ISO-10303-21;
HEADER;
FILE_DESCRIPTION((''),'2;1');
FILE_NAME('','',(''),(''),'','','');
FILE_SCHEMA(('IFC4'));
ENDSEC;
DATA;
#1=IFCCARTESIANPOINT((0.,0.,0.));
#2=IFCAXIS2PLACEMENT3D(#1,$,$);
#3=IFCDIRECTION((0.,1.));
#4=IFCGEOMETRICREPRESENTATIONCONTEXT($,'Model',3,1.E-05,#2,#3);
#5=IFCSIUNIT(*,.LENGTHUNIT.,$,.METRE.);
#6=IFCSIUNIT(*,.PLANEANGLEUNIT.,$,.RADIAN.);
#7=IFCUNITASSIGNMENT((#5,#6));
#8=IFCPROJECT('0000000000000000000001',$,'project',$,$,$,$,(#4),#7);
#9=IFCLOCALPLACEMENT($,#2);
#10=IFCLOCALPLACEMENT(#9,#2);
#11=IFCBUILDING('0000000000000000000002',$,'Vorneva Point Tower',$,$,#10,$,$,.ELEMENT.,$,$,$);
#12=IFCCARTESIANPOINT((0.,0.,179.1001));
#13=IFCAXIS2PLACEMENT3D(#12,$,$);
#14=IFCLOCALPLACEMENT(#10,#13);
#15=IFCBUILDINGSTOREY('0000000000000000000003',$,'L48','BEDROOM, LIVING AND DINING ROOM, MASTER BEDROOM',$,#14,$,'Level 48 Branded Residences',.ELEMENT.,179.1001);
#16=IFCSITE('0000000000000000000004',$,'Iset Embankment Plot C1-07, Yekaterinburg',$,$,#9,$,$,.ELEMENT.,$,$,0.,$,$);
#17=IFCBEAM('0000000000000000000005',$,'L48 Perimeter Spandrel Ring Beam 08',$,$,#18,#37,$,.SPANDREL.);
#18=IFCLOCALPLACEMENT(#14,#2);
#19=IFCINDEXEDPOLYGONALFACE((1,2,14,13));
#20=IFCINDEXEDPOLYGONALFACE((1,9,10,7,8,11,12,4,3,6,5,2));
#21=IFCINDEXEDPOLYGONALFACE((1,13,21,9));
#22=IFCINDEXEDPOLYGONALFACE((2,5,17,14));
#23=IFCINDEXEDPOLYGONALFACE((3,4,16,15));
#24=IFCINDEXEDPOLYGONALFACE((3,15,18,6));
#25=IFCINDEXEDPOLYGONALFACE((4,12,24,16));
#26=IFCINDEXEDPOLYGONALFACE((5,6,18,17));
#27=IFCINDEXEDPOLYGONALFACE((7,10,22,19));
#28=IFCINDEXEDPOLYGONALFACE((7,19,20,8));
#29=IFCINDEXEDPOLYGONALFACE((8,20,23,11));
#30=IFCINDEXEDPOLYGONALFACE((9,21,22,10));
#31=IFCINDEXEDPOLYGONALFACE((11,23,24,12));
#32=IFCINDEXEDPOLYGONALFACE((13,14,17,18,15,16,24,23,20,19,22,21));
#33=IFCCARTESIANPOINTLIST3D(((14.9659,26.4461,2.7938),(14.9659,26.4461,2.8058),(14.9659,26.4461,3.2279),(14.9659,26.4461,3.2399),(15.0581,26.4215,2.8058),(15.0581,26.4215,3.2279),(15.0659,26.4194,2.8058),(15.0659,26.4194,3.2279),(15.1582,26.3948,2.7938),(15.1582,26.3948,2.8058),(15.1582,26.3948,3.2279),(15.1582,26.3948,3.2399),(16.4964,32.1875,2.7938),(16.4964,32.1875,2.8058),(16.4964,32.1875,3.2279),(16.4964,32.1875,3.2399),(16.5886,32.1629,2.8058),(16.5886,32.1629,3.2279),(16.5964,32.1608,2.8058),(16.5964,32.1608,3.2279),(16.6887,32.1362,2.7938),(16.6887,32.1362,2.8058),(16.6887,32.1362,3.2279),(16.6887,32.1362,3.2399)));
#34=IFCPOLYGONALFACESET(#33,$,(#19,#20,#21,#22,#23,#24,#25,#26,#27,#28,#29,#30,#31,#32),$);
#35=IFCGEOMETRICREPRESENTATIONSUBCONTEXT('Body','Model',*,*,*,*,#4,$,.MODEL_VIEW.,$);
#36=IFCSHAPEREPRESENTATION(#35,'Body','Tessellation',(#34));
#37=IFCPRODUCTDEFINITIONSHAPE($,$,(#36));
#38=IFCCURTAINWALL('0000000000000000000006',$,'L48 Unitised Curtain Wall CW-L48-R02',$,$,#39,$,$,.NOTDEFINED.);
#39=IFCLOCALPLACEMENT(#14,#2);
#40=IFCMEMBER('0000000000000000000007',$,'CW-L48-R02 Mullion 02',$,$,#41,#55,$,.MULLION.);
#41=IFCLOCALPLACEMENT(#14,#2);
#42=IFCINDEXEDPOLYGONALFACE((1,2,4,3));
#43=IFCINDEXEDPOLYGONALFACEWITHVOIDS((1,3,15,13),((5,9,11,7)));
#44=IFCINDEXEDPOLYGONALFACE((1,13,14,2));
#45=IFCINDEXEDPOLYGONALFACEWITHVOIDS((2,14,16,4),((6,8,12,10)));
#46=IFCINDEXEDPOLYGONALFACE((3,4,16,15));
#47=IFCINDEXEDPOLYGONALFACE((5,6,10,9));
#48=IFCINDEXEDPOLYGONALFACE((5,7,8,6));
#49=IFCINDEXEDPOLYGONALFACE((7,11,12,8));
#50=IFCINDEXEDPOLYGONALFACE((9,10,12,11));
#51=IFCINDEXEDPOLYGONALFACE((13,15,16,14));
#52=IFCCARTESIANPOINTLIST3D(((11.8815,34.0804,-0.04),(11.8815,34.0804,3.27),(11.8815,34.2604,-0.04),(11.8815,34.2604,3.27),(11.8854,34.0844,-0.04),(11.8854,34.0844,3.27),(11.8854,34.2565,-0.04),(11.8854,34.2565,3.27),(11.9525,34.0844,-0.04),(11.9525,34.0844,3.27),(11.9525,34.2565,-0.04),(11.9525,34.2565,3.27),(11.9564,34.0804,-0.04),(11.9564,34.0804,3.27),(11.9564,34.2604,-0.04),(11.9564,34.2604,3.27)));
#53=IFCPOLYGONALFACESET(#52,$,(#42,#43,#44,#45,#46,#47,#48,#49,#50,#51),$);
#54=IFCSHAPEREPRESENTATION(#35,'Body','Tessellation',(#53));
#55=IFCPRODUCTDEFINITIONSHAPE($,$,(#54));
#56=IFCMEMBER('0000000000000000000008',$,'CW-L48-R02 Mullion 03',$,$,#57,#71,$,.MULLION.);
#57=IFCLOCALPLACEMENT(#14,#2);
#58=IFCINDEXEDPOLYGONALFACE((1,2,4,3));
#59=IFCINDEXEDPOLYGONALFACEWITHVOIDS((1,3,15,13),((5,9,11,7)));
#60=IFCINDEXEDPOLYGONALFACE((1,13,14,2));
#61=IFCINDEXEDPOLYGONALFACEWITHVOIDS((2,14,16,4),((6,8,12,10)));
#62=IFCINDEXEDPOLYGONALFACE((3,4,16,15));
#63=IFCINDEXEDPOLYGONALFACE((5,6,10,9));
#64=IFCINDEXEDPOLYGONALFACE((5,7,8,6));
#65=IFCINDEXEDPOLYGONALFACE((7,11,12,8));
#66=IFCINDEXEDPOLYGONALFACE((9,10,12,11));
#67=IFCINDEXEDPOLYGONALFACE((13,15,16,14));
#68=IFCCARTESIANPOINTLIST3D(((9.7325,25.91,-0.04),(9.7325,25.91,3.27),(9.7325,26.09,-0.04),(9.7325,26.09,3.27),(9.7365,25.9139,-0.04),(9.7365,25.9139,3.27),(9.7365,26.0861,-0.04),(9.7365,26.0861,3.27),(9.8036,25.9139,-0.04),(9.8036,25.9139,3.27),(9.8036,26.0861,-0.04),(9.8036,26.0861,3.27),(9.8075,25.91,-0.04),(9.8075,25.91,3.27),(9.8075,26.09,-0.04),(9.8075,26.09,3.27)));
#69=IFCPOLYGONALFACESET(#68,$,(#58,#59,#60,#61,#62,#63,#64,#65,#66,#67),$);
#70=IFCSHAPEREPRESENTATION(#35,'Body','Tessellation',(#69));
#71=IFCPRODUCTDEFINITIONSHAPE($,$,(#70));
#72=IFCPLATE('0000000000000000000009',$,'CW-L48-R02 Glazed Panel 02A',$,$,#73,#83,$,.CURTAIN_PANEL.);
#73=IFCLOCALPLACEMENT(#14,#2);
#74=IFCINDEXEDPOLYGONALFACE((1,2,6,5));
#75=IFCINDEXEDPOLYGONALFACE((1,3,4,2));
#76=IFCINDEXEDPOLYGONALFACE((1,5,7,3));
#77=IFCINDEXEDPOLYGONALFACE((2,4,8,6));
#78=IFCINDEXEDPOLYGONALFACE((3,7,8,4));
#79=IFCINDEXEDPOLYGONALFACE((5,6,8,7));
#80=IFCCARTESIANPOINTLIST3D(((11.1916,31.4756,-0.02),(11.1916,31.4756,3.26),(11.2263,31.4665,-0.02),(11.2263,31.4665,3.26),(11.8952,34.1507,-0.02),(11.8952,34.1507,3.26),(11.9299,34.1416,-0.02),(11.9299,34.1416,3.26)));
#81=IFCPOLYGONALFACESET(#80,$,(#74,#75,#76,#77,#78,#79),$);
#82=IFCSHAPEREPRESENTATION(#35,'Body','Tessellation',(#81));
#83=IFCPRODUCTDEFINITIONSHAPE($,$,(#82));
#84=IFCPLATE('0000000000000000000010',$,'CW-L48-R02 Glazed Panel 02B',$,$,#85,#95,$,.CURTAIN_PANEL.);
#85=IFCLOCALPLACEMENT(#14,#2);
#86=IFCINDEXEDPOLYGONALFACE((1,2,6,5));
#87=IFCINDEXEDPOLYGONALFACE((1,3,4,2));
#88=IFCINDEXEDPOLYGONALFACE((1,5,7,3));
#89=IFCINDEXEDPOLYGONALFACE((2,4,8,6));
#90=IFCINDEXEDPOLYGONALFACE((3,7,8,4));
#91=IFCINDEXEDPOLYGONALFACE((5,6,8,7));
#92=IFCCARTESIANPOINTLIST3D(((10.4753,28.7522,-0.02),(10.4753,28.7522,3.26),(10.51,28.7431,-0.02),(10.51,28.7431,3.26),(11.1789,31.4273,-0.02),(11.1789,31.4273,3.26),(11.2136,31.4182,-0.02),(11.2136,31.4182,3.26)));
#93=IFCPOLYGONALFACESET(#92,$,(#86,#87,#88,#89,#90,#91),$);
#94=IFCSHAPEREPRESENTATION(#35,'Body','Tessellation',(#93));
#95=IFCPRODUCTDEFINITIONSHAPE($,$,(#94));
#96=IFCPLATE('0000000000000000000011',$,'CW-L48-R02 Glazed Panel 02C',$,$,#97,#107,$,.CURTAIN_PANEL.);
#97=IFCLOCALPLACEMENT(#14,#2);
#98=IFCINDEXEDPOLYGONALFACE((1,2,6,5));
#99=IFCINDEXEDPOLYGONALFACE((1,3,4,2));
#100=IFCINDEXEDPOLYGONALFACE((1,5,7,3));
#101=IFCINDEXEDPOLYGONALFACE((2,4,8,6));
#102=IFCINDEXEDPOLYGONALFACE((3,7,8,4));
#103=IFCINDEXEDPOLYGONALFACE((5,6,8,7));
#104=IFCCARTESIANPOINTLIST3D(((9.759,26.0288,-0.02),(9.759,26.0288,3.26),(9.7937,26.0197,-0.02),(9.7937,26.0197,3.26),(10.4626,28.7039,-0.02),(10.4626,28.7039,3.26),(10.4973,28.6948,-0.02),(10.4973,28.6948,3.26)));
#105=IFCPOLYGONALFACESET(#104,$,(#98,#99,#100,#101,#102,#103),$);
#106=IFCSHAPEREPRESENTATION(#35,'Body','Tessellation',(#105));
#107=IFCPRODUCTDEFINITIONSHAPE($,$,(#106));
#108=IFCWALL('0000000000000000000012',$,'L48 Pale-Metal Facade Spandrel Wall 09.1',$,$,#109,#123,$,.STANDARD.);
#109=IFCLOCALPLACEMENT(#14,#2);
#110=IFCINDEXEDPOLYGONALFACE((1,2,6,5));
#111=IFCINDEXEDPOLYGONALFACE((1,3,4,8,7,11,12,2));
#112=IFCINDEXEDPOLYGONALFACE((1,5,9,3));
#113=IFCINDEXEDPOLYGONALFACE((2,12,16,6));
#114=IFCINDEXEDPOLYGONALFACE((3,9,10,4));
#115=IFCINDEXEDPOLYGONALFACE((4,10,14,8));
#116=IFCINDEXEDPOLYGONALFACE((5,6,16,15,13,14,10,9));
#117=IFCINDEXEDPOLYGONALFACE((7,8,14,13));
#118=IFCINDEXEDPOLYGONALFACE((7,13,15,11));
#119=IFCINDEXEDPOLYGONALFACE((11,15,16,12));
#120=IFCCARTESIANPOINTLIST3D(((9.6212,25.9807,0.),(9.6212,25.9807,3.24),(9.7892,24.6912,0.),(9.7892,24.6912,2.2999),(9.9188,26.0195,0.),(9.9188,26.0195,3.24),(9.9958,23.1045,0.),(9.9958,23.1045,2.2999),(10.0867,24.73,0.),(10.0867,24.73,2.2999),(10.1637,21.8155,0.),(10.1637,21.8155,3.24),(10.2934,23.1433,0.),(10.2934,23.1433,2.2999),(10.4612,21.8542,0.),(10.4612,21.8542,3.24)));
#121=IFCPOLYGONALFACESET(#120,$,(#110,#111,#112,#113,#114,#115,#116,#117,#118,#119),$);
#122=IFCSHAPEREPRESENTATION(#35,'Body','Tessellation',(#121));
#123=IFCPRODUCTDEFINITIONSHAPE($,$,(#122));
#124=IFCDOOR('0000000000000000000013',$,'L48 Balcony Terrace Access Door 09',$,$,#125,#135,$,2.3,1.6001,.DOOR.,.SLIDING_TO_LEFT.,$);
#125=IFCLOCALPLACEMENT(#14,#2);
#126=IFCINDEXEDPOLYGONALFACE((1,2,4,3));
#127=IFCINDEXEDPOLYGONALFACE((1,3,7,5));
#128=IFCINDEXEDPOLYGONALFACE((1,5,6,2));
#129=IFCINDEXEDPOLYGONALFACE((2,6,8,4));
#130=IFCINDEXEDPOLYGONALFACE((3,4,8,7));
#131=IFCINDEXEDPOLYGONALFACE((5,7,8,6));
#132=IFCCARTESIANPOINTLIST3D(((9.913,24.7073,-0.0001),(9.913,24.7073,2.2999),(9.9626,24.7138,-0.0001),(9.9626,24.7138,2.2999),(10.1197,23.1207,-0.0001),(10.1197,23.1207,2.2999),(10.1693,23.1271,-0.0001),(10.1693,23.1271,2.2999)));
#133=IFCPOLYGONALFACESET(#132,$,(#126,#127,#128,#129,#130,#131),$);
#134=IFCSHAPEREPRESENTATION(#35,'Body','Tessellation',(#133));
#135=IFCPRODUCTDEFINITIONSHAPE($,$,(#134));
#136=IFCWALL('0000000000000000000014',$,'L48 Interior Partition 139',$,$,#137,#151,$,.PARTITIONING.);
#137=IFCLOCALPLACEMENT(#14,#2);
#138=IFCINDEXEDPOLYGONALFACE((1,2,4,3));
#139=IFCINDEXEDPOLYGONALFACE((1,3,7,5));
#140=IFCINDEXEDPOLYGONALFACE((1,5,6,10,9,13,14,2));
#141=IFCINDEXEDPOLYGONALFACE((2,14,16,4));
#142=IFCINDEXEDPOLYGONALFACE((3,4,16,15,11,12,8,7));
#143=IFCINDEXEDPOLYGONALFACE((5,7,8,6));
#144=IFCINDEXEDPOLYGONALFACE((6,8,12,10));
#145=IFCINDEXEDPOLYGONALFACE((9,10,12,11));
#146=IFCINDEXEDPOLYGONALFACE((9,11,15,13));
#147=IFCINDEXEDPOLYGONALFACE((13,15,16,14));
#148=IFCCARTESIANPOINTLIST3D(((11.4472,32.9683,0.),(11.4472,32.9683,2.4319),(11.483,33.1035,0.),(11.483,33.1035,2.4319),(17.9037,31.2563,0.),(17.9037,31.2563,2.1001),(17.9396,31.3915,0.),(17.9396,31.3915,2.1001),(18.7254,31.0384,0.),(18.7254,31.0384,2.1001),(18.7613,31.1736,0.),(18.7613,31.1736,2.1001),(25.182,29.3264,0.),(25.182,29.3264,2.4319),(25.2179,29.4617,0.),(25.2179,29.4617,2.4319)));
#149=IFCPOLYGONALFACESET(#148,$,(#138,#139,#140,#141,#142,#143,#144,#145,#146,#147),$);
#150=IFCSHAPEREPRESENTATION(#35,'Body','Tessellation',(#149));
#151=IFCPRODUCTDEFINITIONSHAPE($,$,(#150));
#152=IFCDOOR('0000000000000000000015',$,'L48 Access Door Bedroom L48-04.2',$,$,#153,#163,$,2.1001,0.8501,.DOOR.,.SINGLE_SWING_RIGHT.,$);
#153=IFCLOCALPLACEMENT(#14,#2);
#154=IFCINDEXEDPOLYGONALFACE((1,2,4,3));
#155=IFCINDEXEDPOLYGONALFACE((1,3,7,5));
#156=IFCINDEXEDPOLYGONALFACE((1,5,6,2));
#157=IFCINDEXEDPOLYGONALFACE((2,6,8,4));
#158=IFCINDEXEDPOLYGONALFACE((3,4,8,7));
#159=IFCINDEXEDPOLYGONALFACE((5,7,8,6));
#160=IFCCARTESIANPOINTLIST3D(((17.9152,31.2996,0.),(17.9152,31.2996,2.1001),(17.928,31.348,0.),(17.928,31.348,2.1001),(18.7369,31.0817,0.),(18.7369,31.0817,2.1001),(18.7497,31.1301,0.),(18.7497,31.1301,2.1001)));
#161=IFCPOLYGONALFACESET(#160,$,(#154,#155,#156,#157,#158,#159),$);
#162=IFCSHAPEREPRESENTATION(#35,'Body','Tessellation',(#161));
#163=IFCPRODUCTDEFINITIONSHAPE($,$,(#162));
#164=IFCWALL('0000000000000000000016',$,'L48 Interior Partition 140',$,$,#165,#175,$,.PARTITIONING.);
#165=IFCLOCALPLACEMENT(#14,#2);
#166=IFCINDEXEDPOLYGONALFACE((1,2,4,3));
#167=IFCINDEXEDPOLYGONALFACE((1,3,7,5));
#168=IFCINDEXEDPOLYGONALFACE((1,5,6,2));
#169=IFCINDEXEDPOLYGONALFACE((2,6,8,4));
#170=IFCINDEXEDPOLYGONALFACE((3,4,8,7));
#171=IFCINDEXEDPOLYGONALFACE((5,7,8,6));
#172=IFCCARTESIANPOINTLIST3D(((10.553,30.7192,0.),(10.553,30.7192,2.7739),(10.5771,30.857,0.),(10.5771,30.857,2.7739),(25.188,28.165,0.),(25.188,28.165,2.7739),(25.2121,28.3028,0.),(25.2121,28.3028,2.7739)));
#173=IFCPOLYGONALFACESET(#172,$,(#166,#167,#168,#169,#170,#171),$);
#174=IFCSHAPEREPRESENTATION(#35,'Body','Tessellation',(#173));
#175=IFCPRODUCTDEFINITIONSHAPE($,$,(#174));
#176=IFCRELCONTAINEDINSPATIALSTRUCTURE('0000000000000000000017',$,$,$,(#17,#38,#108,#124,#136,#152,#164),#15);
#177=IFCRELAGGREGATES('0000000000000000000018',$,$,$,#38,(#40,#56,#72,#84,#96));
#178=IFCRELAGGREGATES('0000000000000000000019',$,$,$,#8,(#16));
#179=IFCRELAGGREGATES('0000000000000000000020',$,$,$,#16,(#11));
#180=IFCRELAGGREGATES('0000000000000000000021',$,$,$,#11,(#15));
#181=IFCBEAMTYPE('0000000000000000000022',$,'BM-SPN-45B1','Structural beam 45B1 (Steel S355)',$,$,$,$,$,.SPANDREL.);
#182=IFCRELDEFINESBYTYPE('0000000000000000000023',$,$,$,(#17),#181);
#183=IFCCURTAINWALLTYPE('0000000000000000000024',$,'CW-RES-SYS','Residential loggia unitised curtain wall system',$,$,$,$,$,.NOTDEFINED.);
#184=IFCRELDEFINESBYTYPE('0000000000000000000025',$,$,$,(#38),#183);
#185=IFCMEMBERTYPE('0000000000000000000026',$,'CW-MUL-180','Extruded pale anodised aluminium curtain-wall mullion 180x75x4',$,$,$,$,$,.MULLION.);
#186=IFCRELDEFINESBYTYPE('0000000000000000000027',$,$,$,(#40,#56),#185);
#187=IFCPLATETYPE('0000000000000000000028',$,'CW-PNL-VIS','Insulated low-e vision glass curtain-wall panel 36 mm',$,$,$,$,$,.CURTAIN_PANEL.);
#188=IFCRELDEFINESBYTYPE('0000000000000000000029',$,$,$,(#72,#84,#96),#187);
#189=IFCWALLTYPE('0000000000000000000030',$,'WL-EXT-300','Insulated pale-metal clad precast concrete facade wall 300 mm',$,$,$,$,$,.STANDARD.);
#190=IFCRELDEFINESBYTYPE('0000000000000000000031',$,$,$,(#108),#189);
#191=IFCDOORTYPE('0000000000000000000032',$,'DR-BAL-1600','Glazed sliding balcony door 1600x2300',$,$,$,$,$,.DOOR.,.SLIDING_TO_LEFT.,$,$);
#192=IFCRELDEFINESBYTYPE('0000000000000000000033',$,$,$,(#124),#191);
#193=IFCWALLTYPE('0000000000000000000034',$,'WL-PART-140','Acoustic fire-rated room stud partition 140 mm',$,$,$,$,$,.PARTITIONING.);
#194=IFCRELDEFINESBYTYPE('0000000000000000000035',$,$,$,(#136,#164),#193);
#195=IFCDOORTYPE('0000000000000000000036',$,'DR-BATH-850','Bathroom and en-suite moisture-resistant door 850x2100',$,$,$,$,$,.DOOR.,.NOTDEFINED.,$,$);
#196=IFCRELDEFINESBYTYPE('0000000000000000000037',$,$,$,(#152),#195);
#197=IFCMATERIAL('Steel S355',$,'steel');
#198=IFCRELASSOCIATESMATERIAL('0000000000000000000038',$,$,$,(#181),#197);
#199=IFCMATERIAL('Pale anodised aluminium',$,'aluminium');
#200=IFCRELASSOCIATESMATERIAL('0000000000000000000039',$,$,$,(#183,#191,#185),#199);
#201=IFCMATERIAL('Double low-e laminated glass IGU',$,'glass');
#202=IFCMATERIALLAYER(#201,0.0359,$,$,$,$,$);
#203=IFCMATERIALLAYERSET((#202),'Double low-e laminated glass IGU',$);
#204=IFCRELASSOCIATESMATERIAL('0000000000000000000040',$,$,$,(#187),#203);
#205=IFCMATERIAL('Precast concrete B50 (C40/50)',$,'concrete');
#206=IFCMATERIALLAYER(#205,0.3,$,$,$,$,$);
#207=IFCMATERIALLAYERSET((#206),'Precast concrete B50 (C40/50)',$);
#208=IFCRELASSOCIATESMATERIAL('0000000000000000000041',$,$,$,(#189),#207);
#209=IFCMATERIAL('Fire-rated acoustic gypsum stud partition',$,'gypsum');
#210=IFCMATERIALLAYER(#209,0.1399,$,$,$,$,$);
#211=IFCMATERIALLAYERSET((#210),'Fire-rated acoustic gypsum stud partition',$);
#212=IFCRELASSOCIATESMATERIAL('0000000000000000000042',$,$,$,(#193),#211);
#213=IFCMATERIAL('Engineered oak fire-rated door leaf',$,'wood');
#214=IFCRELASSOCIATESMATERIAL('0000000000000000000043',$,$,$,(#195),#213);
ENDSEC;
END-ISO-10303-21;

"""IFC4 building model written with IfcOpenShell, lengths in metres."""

from ifc_helpers import new_model, si_unit, direction, frame, frame_2d, origin, origin_2d, place, context, subcontext, project, spatial, rectangle, hollow_rectangle, i_section, extrude, material, layer, layer_set, material_profile, profile_set, type_object, element, fill, aggregate, save


model = new_model("IFC4")

# Units and contexts
model_context = context("Model", 3, precision=1e-05, world=origin(), true_north=direction((0.0, 1.0)))
body_context = subcontext(model_context, "Body", "Model", "MODEL_VIEW")
ifc_project = project(units=[si_unit("LENGTHUNIT", "METRE"), si_unit("PLANEANGLEUNIT", "RADIAN")], contexts=[model_context])

# Site, building, storey
site_placement = place(None, origin())
site = spatial("IfcSite", under=ifc_project, at=site_placement, Name="Iset Embankment Plot C1-07, Yekaterinburg", CompositionType="ELEMENT", RefElevation=0.0)
building_placement = place(site_placement, origin())
building = spatial("IfcBuilding", under=site, at=building_placement, Name="Vorneva Point Tower", CompositionType="ELEMENT")
storey_placement = place(building_placement, frame((0.0, 0.0, 179.1001)))
storey = spatial("IfcBuildingStorey", under=building, at=storey_placement, Name="L48", Description="BEDROOM, LIVING AND DINING ROOM, MASTER BEDROOM", LongName="Level 48 Branded Residences", CompositionType="ELEMENT", Elevation=179.1001)

# Beam
ifc_material_1 = material(Name="Steel S355", Category="steel")
ifc_material_profile_1 = material_profile(ifc_material_1, i_section(OverallWidth=0.199, OverallDepth=0.446, WebThickness=0.0081, FlangeThickness=0.012, at=origin_2d()), Name="45B1")
ifc_profile_set_1 = profile_set([ifc_material_profile_1], Name="Steel S355")
beam_type_1 = type_object("IfcBeamType", Name="BM-SPN-45B1", Description="Structural beam 45B1 (Steel S355)", PredefinedType="SPANDREL", material=ifc_profile_set_1)
beam_1_placement = place(storey_placement, frame((16.5925, 32.1619, 3.0168), z_axis=(-0.257578, -0.966257, 0.0), x_axis=(0.966257, -0.257578, 0.0)))
element("IfcBeam", 1, at=beam_1_placement, inside=storey, type_object=beam_type_1, Name="L48 Perimeter Spandrel Ring Beam 08", PredefinedType="SPANDREL", context=body_context, shape_type="SweptSolid", body=[
    extrude(i_section(OverallWidth=0.199, OverallDepth=0.446, WebThickness=0.0081, FlangeThickness=0.012, at=origin_2d()), origin(), (0.0, 0.0, 1.0), 5.9419),
])

# Curtain wall, members, plates
ifc_material_2 = material(Name="Pale anodised aluminium", Category="aluminium")
curtain_wall_type = type_object("IfcCurtainWallType", Name="CW-RES-SYS", Description="Residential loggia unitised curtain wall system", PredefinedType="NOTDEFINED", material=ifc_material_2)
curtain_wall_placement = place(storey_placement, origin())
curtain_wall = element("IfcCurtainWall", 2, at=curtain_wall_placement, inside=storey, type_object=curtain_wall_type, Name="L48 Unitised Curtain Wall CW-L48-R02", PredefinedType="NOTDEFINED")
ifc_material_profile_2 = material_profile(ifc_material_2, hollow_rectangle(XDim=0.075, YDim=0.1799, WallThickness=0.0039, at=origin_2d()), Name="AL-MUL 180x75x4")
ifc_profile_set_2 = profile_set([ifc_material_profile_2], Name="Pale anodised aluminium")
member_type = type_object("IfcMemberType", Name="CW-MUL-180", Description="Extruded pale anodised aluminium curtain-wall mullion 180x75x4", PredefinedType="MULLION", material=ifc_profile_set_2)
member_1_placement = place(storey_placement, frame((11.9189, 34.1704, -0.04), z_axis=(0.0, 0.0, 1.0), x_axis=(1.0, 0.0, 0.0)))
member_1 = element("IfcMember", 3, at=member_1_placement, type_object=member_type, Name="CW-L48-R02 Mullion 02", PredefinedType="MULLION", context=body_context, shape_type="SweptSolid", body=[
    extrude(hollow_rectangle(XDim=0.075, YDim=0.1799, WallThickness=0.0039, at=origin_2d()), origin(), (0.0, 0.0, 1.0), 3.3101),
])
member_2_placement = place(storey_placement, frame((9.77, 26.0, -0.04), z_axis=(0.0, 0.0, 1.0), x_axis=(1.0, 0.0, 0.0)))
member_2 = element("IfcMember", 4, at=member_2_placement, type_object=member_type, Name="CW-L48-R02 Mullion 03", PredefinedType="MULLION", context=body_context, shape_type="SweptSolid", body=[
    extrude(hollow_rectangle(XDim=0.075, YDim=0.1799, WallThickness=0.0039, at=origin_2d()), origin(), (0.0, 0.0, 1.0), 3.3101),
])
ifc_material_3 = material(Name="Double low-e laminated glass IGU", Category="glass")
ifc_layer_1 = layer(ifc_material_3, 0.0359)
ifc_layer_set_1 = layer_set([ifc_layer_1], Name="Double low-e laminated glass IGU")
plate_type = type_object("IfcPlateType", Name="CW-PNL-VIS", Description="Insulated low-e vision glass curtain-wall panel 36 mm", PredefinedType="CURTAIN_PANEL", material=ifc_layer_set_1)
plate_1_placement = place(storey_placement, frame((11.5608, 32.8086, -0.02), z_axis=(0.0, 0.0, 1.0), x_axis=(-0.254366, -0.967108, 0.0)))
plate_1 = element("IfcPlate", 5, at=plate_1_placement, type_object=plate_type, Name="CW-L48-R02 Glazed Panel 02A", PredefinedType="CURTAIN_PANEL", context=body_context, shape_type="SweptSolid", body=[
    extrude(rectangle(XDim=2.7661, YDim=0.0359, at=origin_2d()), origin(), (0.0, 0.0, 1.0), 3.28),
])
plate_2_placement = place(storey_placement, frame((10.8445, 30.0852, -0.02), z_axis=(0.0, 0.0, 1.0), x_axis=(-0.254366, -0.967108, 0.0)))
plate_2 = element("IfcPlate", 6, at=plate_2_placement, type_object=plate_type, Name="CW-L48-R02 Glazed Panel 02B", PredefinedType="CURTAIN_PANEL", context=body_context, shape_type="SweptSolid", body=[
    extrude(rectangle(XDim=2.7661, YDim=0.0359, at=origin_2d()), origin(), (0.0, 0.0, 1.0), 3.28),
])
plate_3_placement = place(storey_placement, frame((10.1282, 27.3618, -0.02), z_axis=(0.0, 0.0, 1.0), x_axis=(-0.254366, -0.967108, 0.0)))
plate_3 = element("IfcPlate", 7, at=plate_3_placement, type_object=plate_type, Name="CW-L48-R02 Glazed Panel 02C", PredefinedType="CURTAIN_PANEL", context=body_context, shape_type="SweptSolid", body=[
    extrude(rectangle(XDim=2.7661, YDim=0.0359, at=origin_2d()), origin(), (0.0, 0.0, 1.0), 3.28),
])
aggregate(curtain_wall, [member_1, member_2, plate_1, plate_2, plate_3])

# Walls, openings, doors
ifc_material_4 = material(Name="Precast concrete B50 (C40/50)", Category="concrete")
ifc_layer_2 = layer(ifc_material_4, 0.3)
ifc_layer_set_2 = layer_set([ifc_layer_2], Name="Precast concrete B50 (C40/50)")
wall_type_1 = type_object("IfcWallType", Name="WL-EXT-300", Description="Insulated pale-metal clad precast concrete facade wall 300 mm", PredefinedType="STANDARD", material=ifc_layer_set_2)
wall_1_placement = place(storey_placement, frame((9.77, 26.0, 0.0), z_axis=(0.0, 0.0, 1.0), x_axis=(0.129148, -0.991625, 0.0)))
wall_1 = element("IfcWall", 8, at=wall_1_placement, inside=storey, type_object=wall_type_1, Name="L48 Pale-Metal Facade Spandrel Wall 09.1", PredefinedType="STANDARD", context=body_context, shape_type="SweptSolid", body=[
    extrude(rectangle(XDim=4.2004, YDim=0.3, at=frame_2d((2.1001, 0.0))), origin(), (0.0, 0.0, 1.0), 3.24),
])
opening_1_placement = place(wall_1_placement, frame((1.3003, 0.0, 0.0)))
opening_1 = element("IfcOpeningElement", 9, at=opening_1_placement, cuts=wall_1, PredefinedType="OPENING", context=body_context, shape_type="SweptSolid", body=[
    extrude(rectangle(XDim=1.6001, YDim=2.3, at=frame_2d((0.8, 1.1499))), frame((0.0, 0.165, 0.0), z_axis=(0.0, -1.0, 0.0), x_axis=(1.0, 0.0, 0.0)), (0.0, 0.0, 1.0), 0.3298),
])
door_type_1 = type_object("IfcDoorType", Name="DR-BAL-1600", Description="Glazed sliding balcony door 1600x2300", OperationType="SLIDING_TO_LEFT", PredefinedType="DOOR", material=ifc_material_2)
door_1_placement = place(opening_1_placement, origin())
door_1 = element("IfcDoor", 10, at=door_1_placement, inside=storey, type_object=door_type_1, Name="L48 Balcony Terrace Access Door 09", OperationType="SLIDING_TO_LEFT", OverallHeight=2.3, OverallWidth=1.6001, PredefinedType="DOOR", context=body_context, shape_type="SweptSolid", body=[
    extrude(rectangle(XDim=1.6001, YDim=2.3, at=frame_2d((0.8, 1.1499))), frame((0.0, 0.0249, 0.0), z_axis=(0.0, -1.0, 0.0), x_axis=(1.0, 0.0, 0.0)), (0.0, 0.0, 1.0), 0.05),
])
fill(opening_1, door_1)
ifc_material_5 = material(Name="Fire-rated acoustic gypsum stud partition", Category="gypsum")
ifc_layer_3 = layer(ifc_material_5, 0.1399)
ifc_layer_set_3 = layer_set([ifc_layer_3], Name="Fire-rated acoustic gypsum stud partition")
wall_type_2 = type_object("IfcWallType", Name="WL-PART-140", Description="Acoustic fire-rated room stud partition 140 mm", PredefinedType="PARTITIONING", material=ifc_layer_set_3)
wall_2_placement = place(storey_placement, frame((11.4651, 33.0359, 0.0), z_axis=(0.0, 0.0, 1.0), x_axis=(0.966598, -0.256297, 0.0)))
wall_2 = element("IfcWall", 11, at=wall_2_placement, inside=storey, type_object=wall_type_2, Name="L48 Interior Partition 139", PredefinedType="PARTITIONING", context=body_context, shape_type="SweptSolid", body=[
    extrude(rectangle(XDim=14.2095, YDim=0.1399, at=frame_2d((7.1047, 0.0))), origin(), (0.0, 0.0, 1.0), 2.4319),
])
opening_2_placement = place(wall_2_placement, frame((6.6797, 0.0, 0.0)))
opening_2 = element("IfcOpeningElement", 12, at=opening_2_placement, cuts=wall_2, PredefinedType="OPENING", context=body_context, shape_type="SweptSolid", body=[
    extrude(rectangle(XDim=0.8501, YDim=2.1001, at=frame_2d((0.425, 1.05))), frame((0.0, 0.085, 0.0), z_axis=(0.0, -1.0, 0.0), x_axis=(1.0, 0.0, 0.0)), (0.0, 0.0, 1.0), 0.1697),
])
ifc_material_6 = material(Name="Engineered oak fire-rated door leaf", Category="wood")
door_type_2 = type_object("IfcDoorType", Name="DR-BATH-850", Description="Bathroom and en-suite moisture-resistant door 850x2100", OperationType="NOTDEFINED", PredefinedType="DOOR", material=ifc_material_6)
door_2_placement = place(opening_2_placement, origin())
door_2 = element("IfcDoor", 13, at=door_2_placement, inside=storey, type_object=door_type_2, Name="L48 Access Door Bedroom L48-04.2", OperationType="SINGLE_SWING_RIGHT", OverallHeight=2.1001, OverallWidth=0.8501, PredefinedType="DOOR", context=body_context, shape_type="SweptSolid", body=[
    extrude(rectangle(XDim=0.8501, YDim=2.1001, at=frame_2d((0.425, 1.05))), frame((0.0, 0.0249, 0.0), z_axis=(0.0, -1.0, 0.0), x_axis=(1.0, 0.0, 0.0)), (0.0, 0.0, 1.0), 0.05),
])
fill(opening_2, door_2)

# Wall
wall_3_placement = place(storey_placement, frame((10.5649, 30.7881, 0.0), z_axis=(0.0, 0.0, 1.0), x_axis=(0.98511, -0.171928, 0.0)))
element("IfcWall", 14, at=wall_3_placement, inside=storey, type_object=wall_type_2, Name="L48 Interior Partition 140", PredefinedType="PARTITIONING", context=body_context, shape_type="SweptSolid", body=[
    extrude(rectangle(XDim=14.8562, YDim=0.1399, at=frame_2d((7.4282, 0.0))), origin(), (0.0, 0.0, 1.0), 2.7739),
])

save(model, "model.ifc")
